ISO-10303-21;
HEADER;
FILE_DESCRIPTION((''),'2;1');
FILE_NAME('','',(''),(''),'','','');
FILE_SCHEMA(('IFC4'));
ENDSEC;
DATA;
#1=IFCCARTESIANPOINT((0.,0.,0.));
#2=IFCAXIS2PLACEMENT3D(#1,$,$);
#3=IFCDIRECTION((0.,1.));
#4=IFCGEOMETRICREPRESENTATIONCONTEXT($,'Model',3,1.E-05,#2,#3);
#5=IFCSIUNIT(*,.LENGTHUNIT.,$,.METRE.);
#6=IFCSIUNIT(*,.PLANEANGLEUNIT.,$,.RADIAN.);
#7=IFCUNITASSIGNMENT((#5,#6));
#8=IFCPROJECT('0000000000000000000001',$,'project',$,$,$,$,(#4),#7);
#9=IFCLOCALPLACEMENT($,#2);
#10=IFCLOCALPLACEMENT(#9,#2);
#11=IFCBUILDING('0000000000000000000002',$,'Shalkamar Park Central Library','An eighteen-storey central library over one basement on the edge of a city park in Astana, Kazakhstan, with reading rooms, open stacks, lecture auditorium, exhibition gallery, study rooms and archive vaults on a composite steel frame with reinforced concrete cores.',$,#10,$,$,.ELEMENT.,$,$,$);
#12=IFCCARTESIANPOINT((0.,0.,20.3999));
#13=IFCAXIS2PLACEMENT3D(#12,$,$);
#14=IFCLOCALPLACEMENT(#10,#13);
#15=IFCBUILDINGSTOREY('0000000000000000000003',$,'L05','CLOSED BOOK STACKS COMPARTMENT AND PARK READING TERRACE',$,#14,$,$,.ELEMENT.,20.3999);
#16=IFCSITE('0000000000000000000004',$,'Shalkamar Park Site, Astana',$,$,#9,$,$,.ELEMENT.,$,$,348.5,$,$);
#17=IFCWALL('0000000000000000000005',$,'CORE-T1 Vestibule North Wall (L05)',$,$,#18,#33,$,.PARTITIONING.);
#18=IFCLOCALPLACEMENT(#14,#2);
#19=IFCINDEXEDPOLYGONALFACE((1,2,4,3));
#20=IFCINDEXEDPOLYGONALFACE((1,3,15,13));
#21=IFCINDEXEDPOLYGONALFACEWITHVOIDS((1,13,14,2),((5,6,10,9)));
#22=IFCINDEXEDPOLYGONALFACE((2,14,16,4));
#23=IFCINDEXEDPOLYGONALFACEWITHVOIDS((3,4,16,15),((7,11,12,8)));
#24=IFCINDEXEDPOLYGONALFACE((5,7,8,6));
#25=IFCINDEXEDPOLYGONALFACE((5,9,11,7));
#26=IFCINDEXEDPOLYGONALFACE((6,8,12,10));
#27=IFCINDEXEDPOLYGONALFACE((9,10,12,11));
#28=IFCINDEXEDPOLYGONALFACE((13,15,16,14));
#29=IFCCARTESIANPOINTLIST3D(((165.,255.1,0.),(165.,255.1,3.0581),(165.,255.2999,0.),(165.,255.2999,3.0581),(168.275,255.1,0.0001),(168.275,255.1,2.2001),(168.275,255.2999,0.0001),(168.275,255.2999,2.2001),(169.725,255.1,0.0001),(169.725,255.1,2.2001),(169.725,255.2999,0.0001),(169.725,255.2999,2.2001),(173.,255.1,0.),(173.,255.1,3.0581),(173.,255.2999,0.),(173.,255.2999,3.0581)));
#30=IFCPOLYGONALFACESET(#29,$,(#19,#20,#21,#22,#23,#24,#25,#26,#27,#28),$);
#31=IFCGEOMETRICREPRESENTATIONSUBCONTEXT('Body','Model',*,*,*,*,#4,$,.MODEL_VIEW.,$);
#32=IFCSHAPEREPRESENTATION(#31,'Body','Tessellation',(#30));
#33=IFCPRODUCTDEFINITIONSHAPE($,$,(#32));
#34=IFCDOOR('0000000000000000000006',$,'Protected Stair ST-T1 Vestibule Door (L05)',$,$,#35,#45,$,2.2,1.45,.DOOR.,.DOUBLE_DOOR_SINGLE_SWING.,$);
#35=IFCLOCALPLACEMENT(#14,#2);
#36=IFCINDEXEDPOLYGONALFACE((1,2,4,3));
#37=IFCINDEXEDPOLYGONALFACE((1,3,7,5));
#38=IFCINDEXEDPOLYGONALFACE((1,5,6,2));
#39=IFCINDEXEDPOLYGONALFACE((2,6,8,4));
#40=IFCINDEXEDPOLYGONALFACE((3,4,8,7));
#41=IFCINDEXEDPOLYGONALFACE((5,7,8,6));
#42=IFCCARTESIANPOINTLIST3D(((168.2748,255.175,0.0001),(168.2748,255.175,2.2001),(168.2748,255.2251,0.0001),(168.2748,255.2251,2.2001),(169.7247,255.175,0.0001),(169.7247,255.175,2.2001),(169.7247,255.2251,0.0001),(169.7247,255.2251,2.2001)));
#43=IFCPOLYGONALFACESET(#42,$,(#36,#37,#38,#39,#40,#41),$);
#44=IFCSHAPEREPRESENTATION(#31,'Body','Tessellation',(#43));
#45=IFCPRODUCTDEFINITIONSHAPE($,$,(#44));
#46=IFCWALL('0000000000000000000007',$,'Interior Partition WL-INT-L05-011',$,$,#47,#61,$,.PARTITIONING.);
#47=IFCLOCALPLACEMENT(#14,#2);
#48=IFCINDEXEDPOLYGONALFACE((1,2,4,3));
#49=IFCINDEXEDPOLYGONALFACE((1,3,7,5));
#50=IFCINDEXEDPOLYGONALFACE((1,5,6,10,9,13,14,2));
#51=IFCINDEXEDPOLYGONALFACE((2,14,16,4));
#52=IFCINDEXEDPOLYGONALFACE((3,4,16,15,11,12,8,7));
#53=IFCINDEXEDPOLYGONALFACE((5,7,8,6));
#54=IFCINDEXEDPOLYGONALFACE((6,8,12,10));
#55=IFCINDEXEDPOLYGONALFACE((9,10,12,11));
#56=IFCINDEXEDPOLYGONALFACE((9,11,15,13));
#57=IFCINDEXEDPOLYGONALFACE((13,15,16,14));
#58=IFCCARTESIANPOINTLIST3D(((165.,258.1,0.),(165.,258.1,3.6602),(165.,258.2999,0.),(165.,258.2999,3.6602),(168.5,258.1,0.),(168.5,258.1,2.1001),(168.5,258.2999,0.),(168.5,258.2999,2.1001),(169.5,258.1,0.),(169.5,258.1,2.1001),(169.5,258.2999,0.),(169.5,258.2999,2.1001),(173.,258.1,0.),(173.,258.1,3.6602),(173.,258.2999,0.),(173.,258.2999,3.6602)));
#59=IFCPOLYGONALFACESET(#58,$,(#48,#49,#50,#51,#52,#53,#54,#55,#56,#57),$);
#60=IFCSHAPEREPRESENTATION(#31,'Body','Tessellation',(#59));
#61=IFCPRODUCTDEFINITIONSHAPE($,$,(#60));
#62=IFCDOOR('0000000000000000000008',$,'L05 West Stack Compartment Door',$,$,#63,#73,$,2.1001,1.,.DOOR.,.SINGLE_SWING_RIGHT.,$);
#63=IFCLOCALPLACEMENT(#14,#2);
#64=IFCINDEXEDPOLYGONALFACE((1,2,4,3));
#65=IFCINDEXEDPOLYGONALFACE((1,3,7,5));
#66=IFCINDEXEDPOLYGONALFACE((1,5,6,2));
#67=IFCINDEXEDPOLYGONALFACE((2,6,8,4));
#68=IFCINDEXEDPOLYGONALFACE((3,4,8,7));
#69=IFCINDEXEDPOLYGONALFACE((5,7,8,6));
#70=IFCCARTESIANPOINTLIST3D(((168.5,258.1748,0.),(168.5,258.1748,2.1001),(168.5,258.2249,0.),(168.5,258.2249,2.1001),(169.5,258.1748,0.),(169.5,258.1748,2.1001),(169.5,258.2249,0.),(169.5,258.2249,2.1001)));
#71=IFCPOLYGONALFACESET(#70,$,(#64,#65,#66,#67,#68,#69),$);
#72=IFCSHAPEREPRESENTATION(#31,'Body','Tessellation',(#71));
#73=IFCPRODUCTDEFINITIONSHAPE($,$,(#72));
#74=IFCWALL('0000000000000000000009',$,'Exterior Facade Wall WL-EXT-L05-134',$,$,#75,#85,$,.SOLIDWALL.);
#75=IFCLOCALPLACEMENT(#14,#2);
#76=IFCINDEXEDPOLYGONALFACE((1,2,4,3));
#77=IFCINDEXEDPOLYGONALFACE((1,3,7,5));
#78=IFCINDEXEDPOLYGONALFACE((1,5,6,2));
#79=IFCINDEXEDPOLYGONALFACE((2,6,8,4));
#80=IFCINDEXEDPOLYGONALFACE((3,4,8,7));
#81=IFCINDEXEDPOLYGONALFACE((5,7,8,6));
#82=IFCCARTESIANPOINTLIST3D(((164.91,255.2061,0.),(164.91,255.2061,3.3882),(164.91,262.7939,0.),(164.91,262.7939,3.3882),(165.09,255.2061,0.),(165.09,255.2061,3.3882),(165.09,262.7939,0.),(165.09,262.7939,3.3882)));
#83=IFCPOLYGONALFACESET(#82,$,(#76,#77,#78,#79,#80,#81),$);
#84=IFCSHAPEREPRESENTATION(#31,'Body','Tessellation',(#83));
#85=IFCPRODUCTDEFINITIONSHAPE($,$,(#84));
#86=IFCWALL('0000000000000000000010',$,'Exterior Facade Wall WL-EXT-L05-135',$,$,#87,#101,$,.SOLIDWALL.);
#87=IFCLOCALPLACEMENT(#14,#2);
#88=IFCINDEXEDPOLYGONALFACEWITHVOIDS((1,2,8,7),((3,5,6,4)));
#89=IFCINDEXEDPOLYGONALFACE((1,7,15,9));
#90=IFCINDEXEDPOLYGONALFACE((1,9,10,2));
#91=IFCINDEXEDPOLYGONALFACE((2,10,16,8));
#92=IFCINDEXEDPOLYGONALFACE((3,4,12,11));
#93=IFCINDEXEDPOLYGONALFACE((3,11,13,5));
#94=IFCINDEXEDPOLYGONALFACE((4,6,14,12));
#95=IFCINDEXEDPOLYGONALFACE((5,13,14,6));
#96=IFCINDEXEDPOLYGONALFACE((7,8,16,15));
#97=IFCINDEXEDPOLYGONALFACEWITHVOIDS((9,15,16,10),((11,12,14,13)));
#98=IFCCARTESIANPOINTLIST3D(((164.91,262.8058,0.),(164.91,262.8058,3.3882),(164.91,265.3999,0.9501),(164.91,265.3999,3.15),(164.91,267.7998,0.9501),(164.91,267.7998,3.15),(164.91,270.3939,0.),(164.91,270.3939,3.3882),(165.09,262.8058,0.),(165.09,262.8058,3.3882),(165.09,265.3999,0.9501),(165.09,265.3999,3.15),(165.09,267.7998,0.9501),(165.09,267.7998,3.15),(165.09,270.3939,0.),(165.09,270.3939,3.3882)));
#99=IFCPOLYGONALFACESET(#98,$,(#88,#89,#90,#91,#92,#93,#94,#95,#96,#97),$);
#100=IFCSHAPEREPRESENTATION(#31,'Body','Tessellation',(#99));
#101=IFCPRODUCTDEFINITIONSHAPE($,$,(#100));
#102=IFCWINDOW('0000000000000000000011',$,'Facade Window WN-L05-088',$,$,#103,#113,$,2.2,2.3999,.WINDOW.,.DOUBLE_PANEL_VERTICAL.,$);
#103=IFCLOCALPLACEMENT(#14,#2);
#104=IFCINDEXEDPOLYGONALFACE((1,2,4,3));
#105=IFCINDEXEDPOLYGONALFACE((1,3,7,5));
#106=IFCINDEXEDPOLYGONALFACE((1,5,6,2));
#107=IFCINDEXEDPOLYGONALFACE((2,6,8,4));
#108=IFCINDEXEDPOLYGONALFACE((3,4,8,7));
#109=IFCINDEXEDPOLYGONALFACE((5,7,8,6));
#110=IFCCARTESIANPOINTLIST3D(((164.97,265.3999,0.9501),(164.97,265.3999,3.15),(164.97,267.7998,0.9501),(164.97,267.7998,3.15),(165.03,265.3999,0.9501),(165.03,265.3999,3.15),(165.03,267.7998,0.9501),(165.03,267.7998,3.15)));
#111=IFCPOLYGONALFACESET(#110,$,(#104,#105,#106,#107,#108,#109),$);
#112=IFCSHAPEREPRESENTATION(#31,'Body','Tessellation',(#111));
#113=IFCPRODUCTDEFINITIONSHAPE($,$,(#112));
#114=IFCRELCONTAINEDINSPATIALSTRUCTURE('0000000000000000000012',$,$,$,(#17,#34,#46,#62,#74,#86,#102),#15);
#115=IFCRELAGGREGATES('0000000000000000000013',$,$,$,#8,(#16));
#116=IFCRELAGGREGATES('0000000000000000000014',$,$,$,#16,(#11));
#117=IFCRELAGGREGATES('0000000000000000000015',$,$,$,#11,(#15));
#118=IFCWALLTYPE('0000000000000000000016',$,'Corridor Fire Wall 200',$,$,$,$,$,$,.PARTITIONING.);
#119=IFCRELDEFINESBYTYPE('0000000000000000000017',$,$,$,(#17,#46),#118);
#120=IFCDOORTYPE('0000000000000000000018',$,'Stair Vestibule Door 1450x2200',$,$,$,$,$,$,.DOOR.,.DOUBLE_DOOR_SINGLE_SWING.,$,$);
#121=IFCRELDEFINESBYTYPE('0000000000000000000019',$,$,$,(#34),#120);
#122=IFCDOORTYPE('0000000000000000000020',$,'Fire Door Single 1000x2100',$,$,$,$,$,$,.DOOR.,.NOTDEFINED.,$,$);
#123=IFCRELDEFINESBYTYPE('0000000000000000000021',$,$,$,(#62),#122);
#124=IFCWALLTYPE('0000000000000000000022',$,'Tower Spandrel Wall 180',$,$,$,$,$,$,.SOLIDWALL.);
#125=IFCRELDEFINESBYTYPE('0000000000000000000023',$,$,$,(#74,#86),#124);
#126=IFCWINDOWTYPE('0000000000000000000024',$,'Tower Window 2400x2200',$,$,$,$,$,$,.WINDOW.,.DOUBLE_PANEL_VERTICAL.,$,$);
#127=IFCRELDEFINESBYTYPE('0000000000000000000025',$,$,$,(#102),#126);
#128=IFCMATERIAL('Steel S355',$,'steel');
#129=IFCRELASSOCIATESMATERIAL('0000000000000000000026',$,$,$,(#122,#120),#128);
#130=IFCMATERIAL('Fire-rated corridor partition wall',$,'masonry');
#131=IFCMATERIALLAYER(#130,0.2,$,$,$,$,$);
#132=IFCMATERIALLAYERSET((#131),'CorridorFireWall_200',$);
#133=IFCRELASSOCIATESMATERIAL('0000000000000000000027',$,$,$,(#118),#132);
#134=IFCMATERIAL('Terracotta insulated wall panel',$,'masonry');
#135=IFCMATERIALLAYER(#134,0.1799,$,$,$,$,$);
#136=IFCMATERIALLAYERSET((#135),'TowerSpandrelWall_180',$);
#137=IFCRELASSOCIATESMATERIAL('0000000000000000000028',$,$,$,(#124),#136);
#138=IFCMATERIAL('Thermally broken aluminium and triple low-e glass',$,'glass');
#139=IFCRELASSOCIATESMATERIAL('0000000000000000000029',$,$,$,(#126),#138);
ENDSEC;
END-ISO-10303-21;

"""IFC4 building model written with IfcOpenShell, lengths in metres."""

from ifc_helpers import new_model, si_unit, direction, frame, frame_2d, origin, place, context, subcontext, project, spatial, rectangle, extrude, material, layer, layer_set, type_object, element, fill, save


model = new_model("IFC4")

# Units and contexts
model_context = context("Model", 3, precision=1e-05, world=origin(), true_north=direction((0.0, 1.0)))
body_context = subcontext(model_context, "Body", "Model", "MODEL_VIEW")
ifc_project = project(units=[si_unit("LENGTHUNIT", "METRE"), si_unit("PLANEANGLEUNIT", "RADIAN")], contexts=[model_context])

# Site, building, storey
site_placement = place(None, origin())
site = spatial("IfcSite", under=ifc_project, at=site_placement, Name="Shalkamar Park Site, Astana", CompositionType="ELEMENT", RefElevation=348.5)
building_placement = place(site_placement, origin())
building = spatial("IfcBuilding", under=site, at=building_placement, Name="Shalkamar Park Central Library", Description="An eighteen-storey central library over one basement on the edge of a city park in Astana, Kazakhstan, with reading rooms, open stacks, lecture auditorium, exhibition gallery, study rooms and archive vaults on a composite steel frame with reinforced concrete cores.", CompositionType="ELEMENT")
storey_placement = place(building_placement, frame((0.0, 0.0, 20.3999)))
storey = spatial("IfcBuildingStorey", under=building, at=storey_placement, Name="L05", Description="CLOSED BOOK STACKS COMPARTMENT AND PARK READING TERRACE", CompositionType="ELEMENT", Elevation=20.3999)

# Shared definitions
ifc_material_1 = material(Name="Steel S355", Category="steel")

# Shared definitions
door_type_1 = type_object("IfcDoorType", Name="Fire Door Single 1000x2100", OperationType="NOTDEFINED", PredefinedType="DOOR", material=ifc_material_1)

# Walls, openings, doors
ifc_material_2 = material(Name="Fire-rated corridor partition wall", Category="masonry")
ifc_layer_1 = layer(ifc_material_2, 0.2)
ifc_layer_set_1 = layer_set([ifc_layer_1], Name="CorridorFireWall_200")
wall_type_1 = type_object("IfcWallType", Name="Corridor Fire Wall 200", PredefinedType="PARTITIONING", material=ifc_layer_set_1)
wall_1_placement = place(storey_placement, frame((165.0, 255.2, 0.0), z_axis=(0.0, 0.0, 1.0), x_axis=(1.0, 0.0, 0.0)))
wall_1 = element("IfcWall", 1, at=wall_1_placement, inside=storey, type_object=wall_type_1, Name="CORE-T1 Vestibule North Wall (L05)", PredefinedType="PARTITIONING", context=body_context, shape_type="SweptSolid", body=[
    extrude(rectangle(XDim=8.0, YDim=0.2, at=frame_2d((4.0, 0.0))), origin(), (0.0, 0.0, 1.0), 3.0581),
])
opening_1_placement = place(wall_1_placement, frame((3.2749, 0.0, 0.0)))
opening_1 = element("IfcOpeningElement", 2, at=opening_1_placement, cuts=wall_1, PredefinedType="OPENING", context=body_context, shape_type="SweptSolid", body=[
    extrude(rectangle(XDim=1.45, YDim=2.2, at=frame_2d((0.7251, 1.1001))), frame((0.0, 0.1147, 0.0), z_axis=(0.0, -1.0, 0.0), x_axis=(1.0, 0.0, 0.0)), (0.0, 0.0, 1.0), 0.2297),
])
door_type_2 = type_object("IfcDoorType", Name="Stair Vestibule Door 1450x2200", OperationType="DOUBLE_DOOR_SINGLE_SWING", PredefinedType="DOOR", material=ifc_material_1)
door_1_placement = place(opening_1_placement, frame((1.45, 0.0, 0.0), z_axis=(0.0, 0.0, 1.0), x_axis=(-1.0, 0.0, 0.0)))
door_1 = element("IfcDoor", 3, at=door_1_placement, inside=storey, type_object=door_type_2, Name="Protected Stair ST-T1 Vestibule Door (L05)", OperationType="DOUBLE_DOOR_SINGLE_SWING", OverallHeight=2.2, OverallWidth=1.45, PredefinedType="DOOR", context=body_context, shape_type="SweptSolid", body=[
    extrude(rectangle(XDim=1.45, YDim=2.2, at=frame_2d((0.7251, 1.1001))), frame((0.0, 0.0249, 0.0), z_axis=(0.0, -1.0, 0.0), x_axis=(1.0, 0.0, 0.0)), (0.0, 0.0, 1.0), 0.05),
])
fill(opening_1, door_1)
wall_2_placement = place(storey_placement, frame((165.0, 258.2, 0.0), z_axis=(0.0, 0.0, 1.0), x_axis=(1.0, 0.0, 0.0)))
wall_2 = element("IfcWall", 4, at=wall_2_placement, inside=storey, type_object=wall_type_1, Name="Interior Partition WL-INT-L05-011", PredefinedType="PARTITIONING", context=body_context, shape_type="SweptSolid", body=[
    extrude(rectangle(XDim=8.0, YDim=0.2, at=frame_2d((4.0, 0.0))), origin(), (0.0, 0.0, 1.0), 3.6602),
])
opening_2_placement = place(wall_2_placement, frame((3.5, 0.0, 0.0)))
opening_2 = element("IfcOpeningElement", 5, at=opening_2_placement, cuts=wall_2, PredefinedType="OPENING", context=body_context, shape_type="SweptSolid", body=[
    extrude(rectangle(XDim=1.0, YDim=2.1001, at=frame_2d((0.5, 1.05))), frame((0.0, 0.1147, 0.0), z_axis=(0.0, -1.0, 0.0), x_axis=(1.0, 0.0, 0.0)), (0.0, 0.0, 1.0), 0.2297),
])
door_2_placement = place(opening_2_placement, origin())
door_2 = element("IfcDoor", 6, at=door_2_placement, inside=storey, type_object=door_type_1, Name="L05 West Stack Compartment Door", OperationType="SINGLE_SWING_RIGHT", OverallHeight=2.1001, OverallWidth=1.0, PredefinedType="DOOR", context=body_context, shape_type="SweptSolid", body=[
    extrude(rectangle(XDim=1.0, YDim=2.1001, at=frame_2d((0.5, 1.05))), frame((0.0, 0.0249, 0.0), z_axis=(0.0, -1.0, 0.0), x_axis=(1.0, 0.0, 0.0)), (0.0, 0.0, 1.0), 0.05),
])
fill(opening_2, door_2)

# Wall
ifc_material_3 = material(Name="Terracotta insulated wall panel", Category="masonry")
ifc_layer_2 = layer(ifc_material_3, 0.1799)
ifc_layer_set_2 = layer_set([ifc_layer_2], Name="TowerSpandrelWall_180")
wall_type_2 = type_object("IfcWallType", Name="Tower Spandrel Wall 180", PredefinedType="SOLIDWALL", material=ifc_layer_set_2)
wall_3_placement = place(storey_placement, frame((165.0, 255.2061, 0.0), z_axis=(0.0, 0.0, 1.0), x_axis=(0.0, 1.0, 0.0)))
element("IfcWall", 7, at=wall_3_placement, inside=storey, type_object=wall_type_2, Name="Exterior Facade Wall WL-EXT-L05-134", PredefinedType="SOLIDWALL", context=body_context, shape_type="SweptSolid", body=[
    extrude(rectangle(XDim=7.5879, YDim=0.1799, at=frame_2d((3.7939, 0.0))), origin(), (0.0, 0.0, 1.0), 3.3882),
])

# Wall, opening, window
wall_4_placement = place(storey_placement, frame((165.0, 262.8059, 0.0), z_axis=(0.0, 0.0, 1.0), x_axis=(0.0, 1.0, 0.0)))
wall_4 = element("IfcWall", 8, at=wall_4_placement, inside=storey, type_object=wall_type_2, Name="Exterior Facade Wall WL-EXT-L05-135", PredefinedType="SOLIDWALL", context=body_context, shape_type="SweptSolid", body=[
    extrude(rectangle(XDim=7.5881, YDim=0.1799, at=frame_2d((3.7939, 0.0))), origin(), (0.0, 0.0, 1.0), 3.3882),
])
opening_3_placement = place(wall_4_placement, frame((2.594, 0.0, 0.95)))
opening_3 = element("IfcOpeningElement", 9, at=opening_3_placement, cuts=wall_4, PredefinedType="OPENING", context=body_context, shape_type="SweptSolid", body=[
    extrude(rectangle(XDim=2.3999, YDim=2.2, at=frame_2d((1.2, 1.1001))), frame((0.0, 0.105, 0.0), z_axis=(0.0, -1.0, 0.0), x_axis=(1.0, 0.0, 0.0)), (0.0, 0.0, 1.0), 0.2097),
])
ifc_material_4 = material(Name="Thermally broken aluminium and triple low-e glass", Category="glass")
window_type = type_object("IfcWindowType", Name="Tower Window 2400x2200", PartitioningType="DOUBLE_PANEL_VERTICAL", PredefinedType="WINDOW", material=ifc_material_4)
window_placement = place(opening_3_placement, origin())
window = element("IfcWindow", 10, at=window_placement, inside=storey, type_object=window_type, Name="Facade Window WN-L05-088", OverallHeight=2.2, OverallWidth=2.3999, PartitioningType="DOUBLE_PANEL_VERTICAL", PredefinedType="WINDOW", context=body_context, shape_type="SweptSolid", body=[
    extrude(rectangle(XDim=2.3999, YDim=2.2, at=frame_2d((1.2, 1.1001))), frame((0.0, 0.03, 0.0), z_axis=(0.0, -1.0, 0.0), x_axis=(1.0, 0.0, 0.0)), (0.0, 0.0, 1.0), 0.0601),
])
fill(opening_3, window)

save(model, "model.ifc")
